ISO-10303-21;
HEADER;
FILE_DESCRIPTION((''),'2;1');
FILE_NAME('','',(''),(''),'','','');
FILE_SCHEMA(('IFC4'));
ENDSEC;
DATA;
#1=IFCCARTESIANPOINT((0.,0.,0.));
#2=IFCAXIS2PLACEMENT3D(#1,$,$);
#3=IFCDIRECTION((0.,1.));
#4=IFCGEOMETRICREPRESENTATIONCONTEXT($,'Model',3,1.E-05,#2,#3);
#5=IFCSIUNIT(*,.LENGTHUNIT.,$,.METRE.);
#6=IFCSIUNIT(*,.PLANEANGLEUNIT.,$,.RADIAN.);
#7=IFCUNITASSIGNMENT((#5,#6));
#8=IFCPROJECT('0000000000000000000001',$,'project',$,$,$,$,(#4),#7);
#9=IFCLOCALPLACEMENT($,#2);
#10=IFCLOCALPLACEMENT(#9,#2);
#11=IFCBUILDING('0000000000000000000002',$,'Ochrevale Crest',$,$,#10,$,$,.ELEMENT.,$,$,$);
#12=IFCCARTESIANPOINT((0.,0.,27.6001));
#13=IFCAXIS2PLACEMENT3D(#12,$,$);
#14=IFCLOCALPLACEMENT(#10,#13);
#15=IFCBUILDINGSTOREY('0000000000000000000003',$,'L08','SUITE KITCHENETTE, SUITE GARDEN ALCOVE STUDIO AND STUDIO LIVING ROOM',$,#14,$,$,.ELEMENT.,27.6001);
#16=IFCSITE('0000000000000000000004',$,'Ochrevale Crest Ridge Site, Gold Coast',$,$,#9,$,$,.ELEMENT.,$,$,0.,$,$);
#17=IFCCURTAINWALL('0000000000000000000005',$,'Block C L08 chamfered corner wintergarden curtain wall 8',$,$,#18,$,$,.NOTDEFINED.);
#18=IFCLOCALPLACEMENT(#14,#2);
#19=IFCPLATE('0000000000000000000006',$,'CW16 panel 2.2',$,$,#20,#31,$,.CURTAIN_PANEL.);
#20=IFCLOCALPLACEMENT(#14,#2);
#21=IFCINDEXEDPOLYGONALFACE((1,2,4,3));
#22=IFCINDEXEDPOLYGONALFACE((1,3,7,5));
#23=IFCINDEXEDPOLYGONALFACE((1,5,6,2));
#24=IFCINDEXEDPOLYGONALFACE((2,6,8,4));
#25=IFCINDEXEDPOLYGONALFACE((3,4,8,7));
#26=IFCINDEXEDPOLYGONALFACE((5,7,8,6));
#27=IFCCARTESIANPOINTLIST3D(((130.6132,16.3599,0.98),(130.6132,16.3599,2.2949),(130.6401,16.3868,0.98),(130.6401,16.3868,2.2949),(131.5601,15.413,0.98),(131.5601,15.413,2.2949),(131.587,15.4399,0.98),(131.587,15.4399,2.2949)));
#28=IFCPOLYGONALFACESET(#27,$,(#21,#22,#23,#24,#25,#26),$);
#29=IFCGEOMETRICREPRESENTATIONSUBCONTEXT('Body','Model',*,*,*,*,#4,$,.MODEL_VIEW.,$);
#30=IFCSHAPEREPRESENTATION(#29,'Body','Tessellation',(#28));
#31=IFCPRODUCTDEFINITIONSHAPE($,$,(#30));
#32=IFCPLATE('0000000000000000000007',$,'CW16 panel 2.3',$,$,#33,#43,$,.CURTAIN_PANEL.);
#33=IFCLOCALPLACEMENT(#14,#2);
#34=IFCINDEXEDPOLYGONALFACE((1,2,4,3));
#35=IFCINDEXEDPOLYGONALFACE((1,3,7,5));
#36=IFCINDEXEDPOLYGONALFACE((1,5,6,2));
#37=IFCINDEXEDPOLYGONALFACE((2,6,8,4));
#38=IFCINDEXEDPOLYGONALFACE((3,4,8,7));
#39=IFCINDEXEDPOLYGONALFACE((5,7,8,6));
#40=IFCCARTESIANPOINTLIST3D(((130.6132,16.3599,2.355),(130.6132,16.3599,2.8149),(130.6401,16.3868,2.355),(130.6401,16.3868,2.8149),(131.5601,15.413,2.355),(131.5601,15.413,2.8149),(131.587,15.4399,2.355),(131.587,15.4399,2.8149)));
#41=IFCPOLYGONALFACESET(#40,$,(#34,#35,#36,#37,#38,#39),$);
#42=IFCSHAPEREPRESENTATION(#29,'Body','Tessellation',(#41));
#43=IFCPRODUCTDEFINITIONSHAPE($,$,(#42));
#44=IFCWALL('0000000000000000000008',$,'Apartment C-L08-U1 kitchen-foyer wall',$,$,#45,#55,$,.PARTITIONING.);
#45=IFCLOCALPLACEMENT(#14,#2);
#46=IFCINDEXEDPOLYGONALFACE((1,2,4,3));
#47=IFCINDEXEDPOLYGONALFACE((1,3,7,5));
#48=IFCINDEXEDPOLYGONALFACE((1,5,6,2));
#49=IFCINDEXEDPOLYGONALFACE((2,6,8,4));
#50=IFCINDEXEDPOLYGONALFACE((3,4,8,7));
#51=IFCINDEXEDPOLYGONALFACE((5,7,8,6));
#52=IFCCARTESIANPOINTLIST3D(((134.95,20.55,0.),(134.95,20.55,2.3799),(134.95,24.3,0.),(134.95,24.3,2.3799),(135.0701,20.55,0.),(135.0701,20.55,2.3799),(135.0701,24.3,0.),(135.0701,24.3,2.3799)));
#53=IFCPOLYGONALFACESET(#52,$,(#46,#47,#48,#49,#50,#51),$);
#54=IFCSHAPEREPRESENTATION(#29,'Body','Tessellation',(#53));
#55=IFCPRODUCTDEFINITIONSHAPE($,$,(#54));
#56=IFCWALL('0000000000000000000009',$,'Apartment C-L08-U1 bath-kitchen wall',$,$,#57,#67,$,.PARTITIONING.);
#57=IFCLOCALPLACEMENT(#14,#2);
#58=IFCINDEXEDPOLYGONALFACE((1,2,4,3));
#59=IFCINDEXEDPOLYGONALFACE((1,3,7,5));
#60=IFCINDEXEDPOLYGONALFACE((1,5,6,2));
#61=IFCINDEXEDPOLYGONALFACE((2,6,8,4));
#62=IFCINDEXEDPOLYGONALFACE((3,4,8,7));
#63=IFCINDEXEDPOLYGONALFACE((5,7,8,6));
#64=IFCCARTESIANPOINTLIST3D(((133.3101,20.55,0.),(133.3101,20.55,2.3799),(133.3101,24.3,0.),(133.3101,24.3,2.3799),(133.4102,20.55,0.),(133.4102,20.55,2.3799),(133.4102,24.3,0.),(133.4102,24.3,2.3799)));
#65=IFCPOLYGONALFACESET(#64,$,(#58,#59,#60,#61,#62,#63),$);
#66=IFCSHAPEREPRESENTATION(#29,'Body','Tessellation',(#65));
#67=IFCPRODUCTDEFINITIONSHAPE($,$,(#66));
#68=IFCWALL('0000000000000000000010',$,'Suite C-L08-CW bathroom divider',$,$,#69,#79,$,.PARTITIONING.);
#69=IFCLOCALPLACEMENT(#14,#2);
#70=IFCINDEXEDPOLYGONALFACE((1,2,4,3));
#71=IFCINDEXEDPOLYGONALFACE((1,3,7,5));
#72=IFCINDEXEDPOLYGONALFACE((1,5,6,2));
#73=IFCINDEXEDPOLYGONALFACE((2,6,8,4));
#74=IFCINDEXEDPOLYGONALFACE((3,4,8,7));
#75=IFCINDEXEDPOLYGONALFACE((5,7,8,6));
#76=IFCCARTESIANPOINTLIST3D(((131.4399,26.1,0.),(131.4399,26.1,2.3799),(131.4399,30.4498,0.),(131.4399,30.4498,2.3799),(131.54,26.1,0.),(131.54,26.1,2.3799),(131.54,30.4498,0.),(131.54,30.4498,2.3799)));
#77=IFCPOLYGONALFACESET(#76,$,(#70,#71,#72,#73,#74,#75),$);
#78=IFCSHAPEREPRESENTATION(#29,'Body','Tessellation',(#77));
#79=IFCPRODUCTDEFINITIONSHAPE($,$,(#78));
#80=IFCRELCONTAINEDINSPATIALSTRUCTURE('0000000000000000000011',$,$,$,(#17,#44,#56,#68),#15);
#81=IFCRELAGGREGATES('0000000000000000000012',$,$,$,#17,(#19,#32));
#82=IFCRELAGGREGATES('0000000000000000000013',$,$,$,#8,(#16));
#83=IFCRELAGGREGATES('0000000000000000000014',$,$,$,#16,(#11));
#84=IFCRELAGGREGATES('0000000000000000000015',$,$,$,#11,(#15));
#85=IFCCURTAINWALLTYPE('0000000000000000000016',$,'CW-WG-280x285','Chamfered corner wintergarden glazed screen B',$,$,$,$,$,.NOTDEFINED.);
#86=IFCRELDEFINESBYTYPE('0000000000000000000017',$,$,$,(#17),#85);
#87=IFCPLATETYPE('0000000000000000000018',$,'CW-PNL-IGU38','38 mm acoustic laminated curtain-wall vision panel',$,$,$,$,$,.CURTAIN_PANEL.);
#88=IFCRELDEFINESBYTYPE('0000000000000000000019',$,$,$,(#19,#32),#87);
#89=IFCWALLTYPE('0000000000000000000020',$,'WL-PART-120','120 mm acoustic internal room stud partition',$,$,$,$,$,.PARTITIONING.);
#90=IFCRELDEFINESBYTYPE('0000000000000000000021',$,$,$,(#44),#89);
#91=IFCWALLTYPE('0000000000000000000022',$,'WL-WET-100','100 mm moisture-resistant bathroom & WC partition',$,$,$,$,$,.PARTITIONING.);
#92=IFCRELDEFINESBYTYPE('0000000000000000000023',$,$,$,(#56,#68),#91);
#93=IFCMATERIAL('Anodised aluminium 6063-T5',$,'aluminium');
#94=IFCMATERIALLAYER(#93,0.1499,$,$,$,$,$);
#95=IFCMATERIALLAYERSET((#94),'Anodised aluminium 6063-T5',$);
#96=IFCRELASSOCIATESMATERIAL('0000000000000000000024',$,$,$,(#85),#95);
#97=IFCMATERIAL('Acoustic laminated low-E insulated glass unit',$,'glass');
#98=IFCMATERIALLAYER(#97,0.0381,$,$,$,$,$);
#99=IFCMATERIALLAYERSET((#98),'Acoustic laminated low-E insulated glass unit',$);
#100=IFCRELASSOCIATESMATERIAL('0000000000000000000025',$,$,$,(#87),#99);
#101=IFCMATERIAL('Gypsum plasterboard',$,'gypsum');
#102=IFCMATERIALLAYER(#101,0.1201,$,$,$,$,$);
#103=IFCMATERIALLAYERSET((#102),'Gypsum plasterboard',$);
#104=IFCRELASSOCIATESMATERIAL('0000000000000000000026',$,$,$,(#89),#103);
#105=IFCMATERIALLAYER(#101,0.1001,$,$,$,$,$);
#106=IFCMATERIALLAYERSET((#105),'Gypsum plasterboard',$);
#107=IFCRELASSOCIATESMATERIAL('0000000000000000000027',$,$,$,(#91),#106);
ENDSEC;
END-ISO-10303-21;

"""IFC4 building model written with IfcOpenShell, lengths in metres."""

from ifc_helpers import new_model, si_unit, direction, frame, frame_2d, origin, origin_2d, place, context, subcontext, project, spatial, rectangle, extrude, material, layer, layer_set, type_object, element, aggregate, save


model = new_model("IFC4")

# Units and contexts
model_context = context("Model", 3, precision=1e-05, world=origin(), true_north=direction((0.0, 1.0)))
body_context = subcontext(model_context, "Body", "Model", "MODEL_VIEW")
ifc_project = project(units=[si_unit("LENGTHUNIT", "METRE"), si_unit("PLANEANGLEUNIT", "RADIAN")], contexts=[model_context])

# Site, building, storey
site_placement = place(None, origin())
site = spatial("IfcSite", under=ifc_project, at=site_placement, Name="Ochrevale Crest Ridge Site, Gold Coast", CompositionType="ELEMENT", RefElevation=0.0)
building_placement = place(site_placement, origin())
building = spatial("IfcBuilding", under=site, at=building_placement, Name="Ochrevale Crest", CompositionType="ELEMENT")
storey_placement = place(building_placement, frame((0.0, 0.0, 27.6001)))
storey = spatial("IfcBuildingStorey", under=building, at=storey_placement, Name="L08", Description="SUITE KITCHENETTE, SUITE GARDEN ALCOVE STUDIO AND STUDIO LIVING ROOM", CompositionType="ELEMENT", Elevation=27.6001)

# Curtain wall, plates
ifc_material_1 = material(Name="Anodised aluminium 6063-T5", Category="aluminium")
ifc_layer_1 = layer(ifc_material_1, 0.1499)
ifc_layer_set_1 = layer_set([ifc_layer_1], Name="Anodised aluminium 6063-T5")
curtain_wall_type = type_object("IfcCurtainWallType", Name="CW-WG-280x285", Description="Chamfered corner wintergarden glazed screen B", PredefinedType="NOTDEFINED", material=ifc_layer_set_1)
curtain_wall_placement = place(storey_placement, origin())
curtain_wall = element("IfcCurtainWall", 1, at=curtain_wall_placement, inside=storey, type_object=curtain_wall_type, Name="Block C L08 chamfered corner wintergarden curtain wall 8", PredefinedType="NOTDEFINED")
ifc_material_2 = material(Name="Acoustic laminated low-E insulated glass unit", Category="glass")
ifc_layer_2 = layer(ifc_material_2, 0.0381)
ifc_layer_set_2 = layer_set([ifc_layer_2], Name="Acoustic laminated low-E insulated glass unit")
plate_type = type_object("IfcPlateType", Name="CW-PNL-IGU38", Description="38 mm acoustic laminated curtain-wall vision panel", PredefinedType="CURTAIN_PANEL", material=ifc_layer_set_2)
plate_1_placement = place(storey_placement, frame((131.1001, 15.8999, 0.98), z_axis=(0.0, 0.0, 1.0), x_axis=(0.707107, -0.707107, 0.0)))
plate_1 = element("IfcPlate", 2, at=plate_1_placement, type_object=plate_type, Name="CW16 panel 2.2", PredefinedType="CURTAIN_PANEL", context=body_context, shape_type="SweptSolid", body=[
    extrude(rectangle(XDim=1.3391, YDim=0.0381, at=origin_2d()), origin(), (0.0, 0.0, 1.0), 1.3149),
])
plate_2_placement = place(storey_placement, frame((131.1001, 15.8999, 2.355), z_axis=(0.0, 0.0, 1.0), x_axis=(0.707107, -0.707107, 0.0)))
plate_2 = element("IfcPlate", 3, at=plate_2_placement, type_object=plate_type, Name="CW16 panel 2.3", PredefinedType="CURTAIN_PANEL", context=body_context, shape_type="SweptSolid", body=[
    extrude(rectangle(XDim=1.3391, YDim=0.0381, at=origin_2d()), origin(), (0.0, 0.0, 1.0), 0.46),
])
aggregate(curtain_wall, [plate_1, plate_2])

# Walls
ifc_material_3 = material(Name="Gypsum plasterboard", Category="gypsum")
ifc_layer_3 = layer(ifc_material_3, 0.1201)
ifc_layer_set_3 = layer_set([ifc_layer_3], Name="Gypsum plasterboard")
wall_type_1 = type_object("IfcWallType", Name="WL-PART-120", Description="120 mm acoustic internal room stud partition", PredefinedType="PARTITIONING", material=ifc_layer_set_3)
wall_1_placement = place(storey_placement, frame((135.01, 20.55, 0.0), z_axis=(0.0, 0.0, 1.0), x_axis=(0.0, 1.0, 0.0)))
element("IfcWall", 4, at=wall_1_placement, inside=storey, type_object=wall_type_1, Name="Apartment C-L08-U1 kitchen-foyer wall", PredefinedType="PARTITIONING", context=body_context, shape_type="SweptSolid", body=[
    extrude(rectangle(XDim=3.75, YDim=0.1201, at=frame_2d((1.875, 0.0))), origin(), (0.0, 0.0, 1.0), 2.3799),
])
ifc_layer_4 = layer(ifc_material_3, 0.1001)
ifc_layer_set_4 = layer_set([ifc_layer_4], Name="Gypsum plasterboard")
wall_type_2 = type_object("IfcWallType", Name="WL-WET-100", Description="100 mm moisture-resistant bathroom & WC partition", PredefinedType="PARTITIONING", material=ifc_layer_set_4)
wall_2_placement = place(storey_placement, frame((133.3601, 20.55, 0.0), z_axis=(0.0, 0.0, 1.0), x_axis=(0.0, 1.0, 0.0)))
element("IfcWall", 5, at=wall_2_placement, inside=storey, type_object=wall_type_2, Name="Apartment C-L08-U1 bath-kitchen wall", PredefinedType="PARTITIONING", context=body_context, shape_type="SweptSolid", body=[
    extrude(rectangle(XDim=3.75, YDim=0.1001, at=frame_2d((1.875, 0.0))), origin(), (0.0, 0.0, 1.0), 2.3799),
])
wall_3_placement = place(storey_placement, frame((131.49, 26.1001, 0.0), z_axis=(0.0, 0.0, 1.0), x_axis=(0.0, 1.0, 0.0)))
element("IfcWall", 6, at=wall_3_placement, inside=storey, type_object=wall_type_2, Name="Suite C-L08-CW bathroom divider", PredefinedType="PARTITIONING", context=body_context, shape_type="SweptSolid", body=[
    extrude(rectangle(XDim=4.3499, YDim=0.1001, at=frame_2d((2.1748, 0.0))), origin(), (0.0, 0.0, 1.0), 2.3799),
])

save(model, "model.ifc")
